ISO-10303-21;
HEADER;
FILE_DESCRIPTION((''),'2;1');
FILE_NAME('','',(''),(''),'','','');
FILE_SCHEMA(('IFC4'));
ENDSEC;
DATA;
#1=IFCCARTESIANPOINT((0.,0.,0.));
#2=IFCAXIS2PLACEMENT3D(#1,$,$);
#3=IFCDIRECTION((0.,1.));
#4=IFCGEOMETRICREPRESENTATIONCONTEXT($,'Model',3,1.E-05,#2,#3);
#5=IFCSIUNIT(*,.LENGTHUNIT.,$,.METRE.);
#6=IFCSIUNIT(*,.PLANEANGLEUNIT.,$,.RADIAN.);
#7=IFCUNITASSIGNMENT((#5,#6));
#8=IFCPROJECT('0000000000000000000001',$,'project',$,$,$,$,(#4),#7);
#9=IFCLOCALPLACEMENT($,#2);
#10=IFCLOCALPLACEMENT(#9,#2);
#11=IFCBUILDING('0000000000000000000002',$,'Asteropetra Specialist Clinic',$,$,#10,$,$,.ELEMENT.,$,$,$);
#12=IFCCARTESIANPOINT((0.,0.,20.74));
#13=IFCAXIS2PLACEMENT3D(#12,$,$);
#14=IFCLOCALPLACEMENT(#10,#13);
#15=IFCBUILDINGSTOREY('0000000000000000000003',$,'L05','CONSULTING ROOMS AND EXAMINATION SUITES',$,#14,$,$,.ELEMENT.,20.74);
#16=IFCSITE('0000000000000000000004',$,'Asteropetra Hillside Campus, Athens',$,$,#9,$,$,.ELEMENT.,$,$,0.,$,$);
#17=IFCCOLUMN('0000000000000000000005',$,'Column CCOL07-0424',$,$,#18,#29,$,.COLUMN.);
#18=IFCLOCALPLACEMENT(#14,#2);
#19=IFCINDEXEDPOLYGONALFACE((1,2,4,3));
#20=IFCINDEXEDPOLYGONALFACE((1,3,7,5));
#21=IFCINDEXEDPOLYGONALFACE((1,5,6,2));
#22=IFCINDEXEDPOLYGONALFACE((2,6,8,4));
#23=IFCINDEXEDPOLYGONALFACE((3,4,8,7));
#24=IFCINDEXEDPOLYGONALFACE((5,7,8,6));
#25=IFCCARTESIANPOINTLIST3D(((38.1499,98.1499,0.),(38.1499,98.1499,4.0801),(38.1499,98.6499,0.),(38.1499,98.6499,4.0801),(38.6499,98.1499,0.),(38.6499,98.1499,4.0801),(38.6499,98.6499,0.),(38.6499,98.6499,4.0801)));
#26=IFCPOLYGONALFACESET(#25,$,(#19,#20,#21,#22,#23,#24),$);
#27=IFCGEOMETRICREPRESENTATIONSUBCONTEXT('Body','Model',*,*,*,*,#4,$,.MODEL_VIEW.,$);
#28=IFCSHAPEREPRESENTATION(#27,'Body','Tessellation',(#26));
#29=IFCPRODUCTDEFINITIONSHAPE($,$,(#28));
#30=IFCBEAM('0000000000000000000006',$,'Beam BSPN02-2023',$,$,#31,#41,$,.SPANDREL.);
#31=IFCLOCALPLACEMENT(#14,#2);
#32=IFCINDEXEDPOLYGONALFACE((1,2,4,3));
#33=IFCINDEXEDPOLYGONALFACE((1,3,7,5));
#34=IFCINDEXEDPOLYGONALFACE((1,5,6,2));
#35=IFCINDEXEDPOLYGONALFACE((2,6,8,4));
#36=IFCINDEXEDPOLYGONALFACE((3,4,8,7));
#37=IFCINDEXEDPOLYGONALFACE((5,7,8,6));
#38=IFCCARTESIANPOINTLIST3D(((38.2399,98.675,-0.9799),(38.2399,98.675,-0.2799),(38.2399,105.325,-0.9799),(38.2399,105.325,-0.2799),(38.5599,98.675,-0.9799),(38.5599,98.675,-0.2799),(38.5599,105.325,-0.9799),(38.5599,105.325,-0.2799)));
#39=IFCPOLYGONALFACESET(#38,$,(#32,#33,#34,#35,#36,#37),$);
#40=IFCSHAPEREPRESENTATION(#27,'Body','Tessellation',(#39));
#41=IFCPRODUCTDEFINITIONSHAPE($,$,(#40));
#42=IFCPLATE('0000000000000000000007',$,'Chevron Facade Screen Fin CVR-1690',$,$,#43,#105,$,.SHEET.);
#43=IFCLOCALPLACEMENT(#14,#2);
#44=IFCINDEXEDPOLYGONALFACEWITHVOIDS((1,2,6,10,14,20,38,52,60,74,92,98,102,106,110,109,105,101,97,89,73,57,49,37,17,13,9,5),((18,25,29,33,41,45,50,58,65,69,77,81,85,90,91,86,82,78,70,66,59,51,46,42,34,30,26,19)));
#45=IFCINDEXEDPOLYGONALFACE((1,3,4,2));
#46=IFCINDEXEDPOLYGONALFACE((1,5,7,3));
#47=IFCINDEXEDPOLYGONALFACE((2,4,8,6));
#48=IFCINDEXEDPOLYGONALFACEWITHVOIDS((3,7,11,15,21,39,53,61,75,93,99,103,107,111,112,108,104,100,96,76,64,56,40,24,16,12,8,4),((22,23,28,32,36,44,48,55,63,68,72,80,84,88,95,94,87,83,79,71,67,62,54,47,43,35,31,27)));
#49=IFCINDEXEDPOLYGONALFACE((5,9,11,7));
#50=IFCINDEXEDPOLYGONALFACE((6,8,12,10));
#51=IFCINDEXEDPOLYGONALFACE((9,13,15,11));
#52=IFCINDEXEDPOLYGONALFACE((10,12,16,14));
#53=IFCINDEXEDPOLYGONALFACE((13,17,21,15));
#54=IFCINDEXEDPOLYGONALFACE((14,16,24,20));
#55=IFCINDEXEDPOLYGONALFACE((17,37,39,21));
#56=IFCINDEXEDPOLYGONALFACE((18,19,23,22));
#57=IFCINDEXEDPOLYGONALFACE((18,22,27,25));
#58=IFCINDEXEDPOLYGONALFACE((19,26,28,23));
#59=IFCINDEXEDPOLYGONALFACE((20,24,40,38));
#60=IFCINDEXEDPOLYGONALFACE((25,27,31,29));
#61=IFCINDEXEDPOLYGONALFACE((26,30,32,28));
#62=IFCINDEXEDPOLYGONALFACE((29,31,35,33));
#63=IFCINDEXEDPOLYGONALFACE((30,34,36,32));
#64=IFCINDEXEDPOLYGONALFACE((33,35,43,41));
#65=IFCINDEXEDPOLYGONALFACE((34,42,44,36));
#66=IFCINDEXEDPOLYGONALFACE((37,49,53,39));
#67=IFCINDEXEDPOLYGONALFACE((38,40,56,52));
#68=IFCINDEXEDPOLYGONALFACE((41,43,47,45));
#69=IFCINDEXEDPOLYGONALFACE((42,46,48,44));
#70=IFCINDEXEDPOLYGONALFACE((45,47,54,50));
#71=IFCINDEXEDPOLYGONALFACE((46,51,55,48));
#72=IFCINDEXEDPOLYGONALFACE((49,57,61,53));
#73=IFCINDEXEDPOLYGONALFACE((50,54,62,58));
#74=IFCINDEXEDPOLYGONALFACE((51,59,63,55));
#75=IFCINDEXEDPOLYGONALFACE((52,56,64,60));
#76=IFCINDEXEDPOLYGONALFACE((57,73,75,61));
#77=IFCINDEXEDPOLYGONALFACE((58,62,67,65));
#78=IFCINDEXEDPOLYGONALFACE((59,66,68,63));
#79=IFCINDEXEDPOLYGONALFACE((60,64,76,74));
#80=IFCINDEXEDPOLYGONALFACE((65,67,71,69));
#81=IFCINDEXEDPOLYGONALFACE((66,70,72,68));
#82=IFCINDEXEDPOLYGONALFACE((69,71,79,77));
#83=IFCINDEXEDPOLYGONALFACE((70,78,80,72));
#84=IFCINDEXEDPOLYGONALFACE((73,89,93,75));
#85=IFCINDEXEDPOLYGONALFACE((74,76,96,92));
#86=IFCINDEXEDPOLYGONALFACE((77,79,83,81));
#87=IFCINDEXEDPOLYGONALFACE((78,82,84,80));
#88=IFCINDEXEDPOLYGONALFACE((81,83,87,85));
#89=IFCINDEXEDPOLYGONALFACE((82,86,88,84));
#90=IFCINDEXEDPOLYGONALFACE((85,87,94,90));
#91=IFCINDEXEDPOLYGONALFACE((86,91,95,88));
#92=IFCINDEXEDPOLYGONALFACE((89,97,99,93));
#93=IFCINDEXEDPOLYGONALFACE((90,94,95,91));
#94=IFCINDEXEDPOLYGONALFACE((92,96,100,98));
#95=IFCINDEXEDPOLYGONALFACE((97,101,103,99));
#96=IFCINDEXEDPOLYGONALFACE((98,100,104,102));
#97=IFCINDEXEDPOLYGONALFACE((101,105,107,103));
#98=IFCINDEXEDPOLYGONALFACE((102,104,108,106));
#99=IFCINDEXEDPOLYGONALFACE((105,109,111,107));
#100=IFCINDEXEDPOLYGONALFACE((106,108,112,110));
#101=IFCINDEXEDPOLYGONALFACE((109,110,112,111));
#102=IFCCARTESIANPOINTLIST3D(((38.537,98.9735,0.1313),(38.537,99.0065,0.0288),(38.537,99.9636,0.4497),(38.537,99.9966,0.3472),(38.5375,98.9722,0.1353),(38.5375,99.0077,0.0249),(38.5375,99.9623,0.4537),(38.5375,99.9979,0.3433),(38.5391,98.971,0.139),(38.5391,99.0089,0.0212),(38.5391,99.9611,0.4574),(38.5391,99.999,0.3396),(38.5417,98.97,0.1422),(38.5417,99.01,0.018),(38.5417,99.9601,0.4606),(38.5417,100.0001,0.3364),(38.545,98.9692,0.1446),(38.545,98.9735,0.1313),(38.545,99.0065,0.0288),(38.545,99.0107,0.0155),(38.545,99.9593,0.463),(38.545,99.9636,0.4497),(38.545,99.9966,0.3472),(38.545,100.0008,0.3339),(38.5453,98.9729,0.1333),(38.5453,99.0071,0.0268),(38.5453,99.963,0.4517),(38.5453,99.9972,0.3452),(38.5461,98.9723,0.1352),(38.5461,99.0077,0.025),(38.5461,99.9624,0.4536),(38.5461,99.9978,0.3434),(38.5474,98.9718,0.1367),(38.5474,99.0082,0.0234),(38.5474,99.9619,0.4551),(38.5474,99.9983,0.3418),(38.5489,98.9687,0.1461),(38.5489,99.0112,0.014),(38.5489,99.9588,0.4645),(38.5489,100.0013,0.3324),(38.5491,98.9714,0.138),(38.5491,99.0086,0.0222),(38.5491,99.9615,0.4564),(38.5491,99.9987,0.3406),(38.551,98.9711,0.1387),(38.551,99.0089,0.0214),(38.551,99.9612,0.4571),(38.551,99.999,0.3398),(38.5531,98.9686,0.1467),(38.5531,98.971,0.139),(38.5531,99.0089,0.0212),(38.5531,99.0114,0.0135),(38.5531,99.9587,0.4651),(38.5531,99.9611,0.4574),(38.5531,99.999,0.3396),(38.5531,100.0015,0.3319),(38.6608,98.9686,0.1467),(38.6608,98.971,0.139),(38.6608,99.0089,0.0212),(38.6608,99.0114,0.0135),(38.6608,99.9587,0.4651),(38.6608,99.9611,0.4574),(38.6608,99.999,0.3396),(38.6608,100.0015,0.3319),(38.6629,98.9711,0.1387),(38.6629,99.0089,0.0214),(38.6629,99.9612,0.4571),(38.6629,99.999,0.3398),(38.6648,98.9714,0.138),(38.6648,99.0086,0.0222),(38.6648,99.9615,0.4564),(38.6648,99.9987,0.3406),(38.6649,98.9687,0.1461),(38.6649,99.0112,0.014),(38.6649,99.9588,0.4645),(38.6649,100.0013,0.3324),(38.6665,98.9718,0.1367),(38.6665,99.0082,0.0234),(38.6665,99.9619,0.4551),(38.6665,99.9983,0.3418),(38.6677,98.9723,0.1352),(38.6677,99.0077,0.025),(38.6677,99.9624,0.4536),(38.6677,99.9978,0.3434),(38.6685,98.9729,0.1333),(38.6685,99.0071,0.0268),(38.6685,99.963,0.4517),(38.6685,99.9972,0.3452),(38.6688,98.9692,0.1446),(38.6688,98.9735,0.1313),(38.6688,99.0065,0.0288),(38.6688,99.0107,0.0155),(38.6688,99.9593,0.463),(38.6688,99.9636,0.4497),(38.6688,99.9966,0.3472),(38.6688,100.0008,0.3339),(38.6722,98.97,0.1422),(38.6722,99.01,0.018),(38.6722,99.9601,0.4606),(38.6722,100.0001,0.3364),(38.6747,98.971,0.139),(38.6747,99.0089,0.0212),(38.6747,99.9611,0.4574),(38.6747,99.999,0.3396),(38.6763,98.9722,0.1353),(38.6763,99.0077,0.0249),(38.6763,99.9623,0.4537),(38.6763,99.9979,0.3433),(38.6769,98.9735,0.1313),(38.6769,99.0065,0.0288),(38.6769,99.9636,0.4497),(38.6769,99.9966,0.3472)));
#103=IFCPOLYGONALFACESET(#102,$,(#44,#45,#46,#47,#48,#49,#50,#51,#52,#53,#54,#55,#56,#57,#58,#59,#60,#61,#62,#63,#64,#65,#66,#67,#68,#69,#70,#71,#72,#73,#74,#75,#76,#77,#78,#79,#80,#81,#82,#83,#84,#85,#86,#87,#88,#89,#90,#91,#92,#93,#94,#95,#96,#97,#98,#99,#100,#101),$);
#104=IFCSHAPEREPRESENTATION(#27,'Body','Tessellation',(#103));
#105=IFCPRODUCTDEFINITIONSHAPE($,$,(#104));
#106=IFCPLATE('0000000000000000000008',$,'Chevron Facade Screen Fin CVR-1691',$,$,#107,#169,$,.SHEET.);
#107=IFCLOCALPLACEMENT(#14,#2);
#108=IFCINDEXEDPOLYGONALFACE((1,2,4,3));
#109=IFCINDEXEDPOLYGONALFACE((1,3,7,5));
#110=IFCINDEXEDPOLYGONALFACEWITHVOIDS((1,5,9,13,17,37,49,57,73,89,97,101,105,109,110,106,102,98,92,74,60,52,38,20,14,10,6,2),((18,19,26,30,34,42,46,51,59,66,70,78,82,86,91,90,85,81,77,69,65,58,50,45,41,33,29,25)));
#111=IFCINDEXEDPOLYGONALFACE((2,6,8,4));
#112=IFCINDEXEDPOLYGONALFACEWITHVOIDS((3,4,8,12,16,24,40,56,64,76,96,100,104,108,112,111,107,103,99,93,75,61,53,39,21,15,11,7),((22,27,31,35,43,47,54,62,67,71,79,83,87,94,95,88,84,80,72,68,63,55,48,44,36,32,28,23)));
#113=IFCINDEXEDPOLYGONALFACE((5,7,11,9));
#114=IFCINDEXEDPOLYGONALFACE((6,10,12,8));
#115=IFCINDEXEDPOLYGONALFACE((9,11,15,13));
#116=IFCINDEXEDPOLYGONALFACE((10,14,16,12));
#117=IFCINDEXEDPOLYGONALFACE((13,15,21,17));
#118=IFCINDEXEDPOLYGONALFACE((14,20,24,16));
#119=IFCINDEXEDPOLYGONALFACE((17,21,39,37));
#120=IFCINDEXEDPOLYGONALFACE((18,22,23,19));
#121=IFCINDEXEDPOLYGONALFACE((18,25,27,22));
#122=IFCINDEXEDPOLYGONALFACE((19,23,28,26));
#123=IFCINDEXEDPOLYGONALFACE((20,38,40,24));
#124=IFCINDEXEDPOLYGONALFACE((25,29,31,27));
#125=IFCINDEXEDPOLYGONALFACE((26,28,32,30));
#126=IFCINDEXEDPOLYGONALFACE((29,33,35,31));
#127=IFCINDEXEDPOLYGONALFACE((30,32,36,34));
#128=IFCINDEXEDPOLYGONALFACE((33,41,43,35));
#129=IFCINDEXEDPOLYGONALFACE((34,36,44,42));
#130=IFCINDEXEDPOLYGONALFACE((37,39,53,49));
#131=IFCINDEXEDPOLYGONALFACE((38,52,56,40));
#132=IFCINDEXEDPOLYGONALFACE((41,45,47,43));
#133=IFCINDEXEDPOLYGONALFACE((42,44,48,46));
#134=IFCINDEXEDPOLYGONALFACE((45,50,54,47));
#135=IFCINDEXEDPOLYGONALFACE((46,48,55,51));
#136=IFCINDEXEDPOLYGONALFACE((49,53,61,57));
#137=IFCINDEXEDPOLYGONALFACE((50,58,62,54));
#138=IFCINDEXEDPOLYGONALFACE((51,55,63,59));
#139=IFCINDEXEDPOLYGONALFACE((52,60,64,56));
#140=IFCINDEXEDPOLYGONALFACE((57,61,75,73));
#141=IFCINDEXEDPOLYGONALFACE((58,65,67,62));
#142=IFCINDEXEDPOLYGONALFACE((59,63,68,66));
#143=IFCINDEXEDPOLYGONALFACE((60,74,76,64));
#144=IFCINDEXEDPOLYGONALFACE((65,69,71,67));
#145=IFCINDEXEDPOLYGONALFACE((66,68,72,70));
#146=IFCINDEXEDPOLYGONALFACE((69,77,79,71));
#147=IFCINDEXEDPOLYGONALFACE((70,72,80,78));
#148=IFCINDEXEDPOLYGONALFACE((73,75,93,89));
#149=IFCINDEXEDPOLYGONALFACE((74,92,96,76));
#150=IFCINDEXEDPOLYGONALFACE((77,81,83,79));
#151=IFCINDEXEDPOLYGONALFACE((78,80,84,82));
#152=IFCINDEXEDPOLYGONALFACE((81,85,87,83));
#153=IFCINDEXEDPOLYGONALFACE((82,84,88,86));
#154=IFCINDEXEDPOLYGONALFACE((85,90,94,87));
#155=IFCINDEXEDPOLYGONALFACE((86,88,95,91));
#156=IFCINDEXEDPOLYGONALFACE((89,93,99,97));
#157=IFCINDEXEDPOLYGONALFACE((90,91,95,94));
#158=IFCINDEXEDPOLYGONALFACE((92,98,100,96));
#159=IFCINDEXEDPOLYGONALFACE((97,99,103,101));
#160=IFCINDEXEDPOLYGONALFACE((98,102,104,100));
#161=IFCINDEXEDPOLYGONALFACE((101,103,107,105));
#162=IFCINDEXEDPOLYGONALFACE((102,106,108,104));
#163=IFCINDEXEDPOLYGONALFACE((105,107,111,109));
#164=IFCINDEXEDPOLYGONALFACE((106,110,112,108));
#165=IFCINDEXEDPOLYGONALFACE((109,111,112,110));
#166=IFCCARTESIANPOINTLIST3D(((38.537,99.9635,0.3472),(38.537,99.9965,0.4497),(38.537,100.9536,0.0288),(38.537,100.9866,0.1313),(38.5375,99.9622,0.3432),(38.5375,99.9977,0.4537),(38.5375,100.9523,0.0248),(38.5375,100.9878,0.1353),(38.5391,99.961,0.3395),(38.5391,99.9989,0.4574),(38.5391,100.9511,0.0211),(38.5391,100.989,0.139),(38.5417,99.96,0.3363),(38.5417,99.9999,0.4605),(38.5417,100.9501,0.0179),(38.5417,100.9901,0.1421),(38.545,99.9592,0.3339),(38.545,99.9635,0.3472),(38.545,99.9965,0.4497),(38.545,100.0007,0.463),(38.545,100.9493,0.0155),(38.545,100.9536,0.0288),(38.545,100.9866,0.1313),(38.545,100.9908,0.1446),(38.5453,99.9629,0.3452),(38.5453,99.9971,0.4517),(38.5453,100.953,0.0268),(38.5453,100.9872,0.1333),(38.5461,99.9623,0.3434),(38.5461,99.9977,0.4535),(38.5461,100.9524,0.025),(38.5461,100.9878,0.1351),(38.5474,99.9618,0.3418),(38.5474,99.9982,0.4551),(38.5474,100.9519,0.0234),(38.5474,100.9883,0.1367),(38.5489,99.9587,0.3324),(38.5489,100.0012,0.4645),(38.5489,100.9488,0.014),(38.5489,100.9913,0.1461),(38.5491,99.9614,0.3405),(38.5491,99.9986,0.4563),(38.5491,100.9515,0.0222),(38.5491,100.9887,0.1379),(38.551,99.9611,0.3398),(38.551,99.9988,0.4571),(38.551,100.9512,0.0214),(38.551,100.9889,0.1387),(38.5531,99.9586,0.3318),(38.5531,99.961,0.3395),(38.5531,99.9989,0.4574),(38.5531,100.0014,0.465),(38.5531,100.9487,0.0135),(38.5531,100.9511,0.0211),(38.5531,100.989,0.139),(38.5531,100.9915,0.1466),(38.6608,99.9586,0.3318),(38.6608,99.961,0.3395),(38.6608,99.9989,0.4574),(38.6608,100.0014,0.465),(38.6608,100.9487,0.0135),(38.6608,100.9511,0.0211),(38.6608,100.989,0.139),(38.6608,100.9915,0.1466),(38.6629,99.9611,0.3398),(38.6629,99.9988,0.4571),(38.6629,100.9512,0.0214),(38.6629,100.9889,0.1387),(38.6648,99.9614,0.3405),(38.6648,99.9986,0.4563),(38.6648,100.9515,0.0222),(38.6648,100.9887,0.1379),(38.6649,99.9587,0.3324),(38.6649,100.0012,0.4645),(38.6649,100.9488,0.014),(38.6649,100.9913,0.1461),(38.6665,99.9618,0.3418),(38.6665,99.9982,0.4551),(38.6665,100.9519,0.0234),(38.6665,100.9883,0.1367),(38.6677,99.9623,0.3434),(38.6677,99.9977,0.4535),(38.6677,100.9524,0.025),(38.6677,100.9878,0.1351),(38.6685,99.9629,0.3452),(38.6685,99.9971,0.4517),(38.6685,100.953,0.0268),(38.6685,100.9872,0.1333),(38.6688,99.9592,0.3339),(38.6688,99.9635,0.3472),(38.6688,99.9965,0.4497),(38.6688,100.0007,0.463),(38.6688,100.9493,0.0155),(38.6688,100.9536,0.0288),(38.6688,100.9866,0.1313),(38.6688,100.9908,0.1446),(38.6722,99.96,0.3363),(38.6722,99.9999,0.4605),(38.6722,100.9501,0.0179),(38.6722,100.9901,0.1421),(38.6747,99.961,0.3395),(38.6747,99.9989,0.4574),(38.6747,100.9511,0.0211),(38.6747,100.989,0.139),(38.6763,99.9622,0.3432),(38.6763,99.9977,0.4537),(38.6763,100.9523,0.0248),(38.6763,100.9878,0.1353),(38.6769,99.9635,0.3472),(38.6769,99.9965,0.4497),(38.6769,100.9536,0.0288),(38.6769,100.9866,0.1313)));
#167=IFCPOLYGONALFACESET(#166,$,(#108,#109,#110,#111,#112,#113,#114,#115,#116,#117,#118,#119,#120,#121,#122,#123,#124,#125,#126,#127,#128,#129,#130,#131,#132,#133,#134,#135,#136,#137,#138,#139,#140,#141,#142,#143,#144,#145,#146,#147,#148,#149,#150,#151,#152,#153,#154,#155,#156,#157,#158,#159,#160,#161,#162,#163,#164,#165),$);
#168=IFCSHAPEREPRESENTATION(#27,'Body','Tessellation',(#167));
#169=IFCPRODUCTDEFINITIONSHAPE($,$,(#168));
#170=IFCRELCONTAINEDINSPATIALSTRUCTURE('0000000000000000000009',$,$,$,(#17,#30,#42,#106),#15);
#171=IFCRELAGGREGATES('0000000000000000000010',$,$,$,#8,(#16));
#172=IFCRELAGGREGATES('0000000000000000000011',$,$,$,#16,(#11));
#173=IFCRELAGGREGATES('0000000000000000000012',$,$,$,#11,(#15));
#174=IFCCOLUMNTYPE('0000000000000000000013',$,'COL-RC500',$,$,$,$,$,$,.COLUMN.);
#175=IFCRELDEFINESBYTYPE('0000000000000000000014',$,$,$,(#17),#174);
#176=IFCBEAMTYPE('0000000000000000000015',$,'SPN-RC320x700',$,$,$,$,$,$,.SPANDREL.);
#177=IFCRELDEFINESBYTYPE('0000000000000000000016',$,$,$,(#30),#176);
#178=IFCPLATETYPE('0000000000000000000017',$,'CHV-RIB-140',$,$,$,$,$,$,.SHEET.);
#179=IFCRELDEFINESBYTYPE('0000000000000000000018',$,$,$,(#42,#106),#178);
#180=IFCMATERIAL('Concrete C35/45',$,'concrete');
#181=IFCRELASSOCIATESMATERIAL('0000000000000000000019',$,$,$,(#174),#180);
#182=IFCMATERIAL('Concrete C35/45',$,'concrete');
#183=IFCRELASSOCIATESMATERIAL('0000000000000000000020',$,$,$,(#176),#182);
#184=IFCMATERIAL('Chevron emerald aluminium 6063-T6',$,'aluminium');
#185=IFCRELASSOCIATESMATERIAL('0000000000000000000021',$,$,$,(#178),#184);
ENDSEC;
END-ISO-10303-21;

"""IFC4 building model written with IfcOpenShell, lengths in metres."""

from ifc_helpers import new_model, si_unit, direction, frame, origin, origin_2d, place, context, subcontext, project, spatial, rectangle, hollow_rectangle, extrude, material, material_profile, profile_set, type_object, element, save


model = new_model("IFC4")

# Units and contexts
model_context = context("Model", 3, precision=1e-05, world=origin(), true_north=direction((0.0, 1.0)))
body_context = subcontext(model_context, "Body", "Model", "MODEL_VIEW")
ifc_project = project(units=[si_unit("LENGTHUNIT", "METRE"), si_unit("PLANEANGLEUNIT", "RADIAN")], contexts=[model_context])

# Site, building, storey
site_placement = place(None, origin())
site = spatial("IfcSite", under=ifc_project, at=site_placement, Name="Asteropetra Hillside Campus, Athens", CompositionType="ELEMENT", RefElevation=0.0)
building_placement = place(site_placement, origin())
building = spatial("IfcBuilding", under=site, at=building_placement, Name="Asteropetra Specialist Clinic", CompositionType="ELEMENT")
storey_placement = place(building_placement, frame((0.0, 0.0, 20.74)))
storey = spatial("IfcBuildingStorey", under=building, at=storey_placement, Name="L05", Description="CONSULTING ROOMS AND EXAMINATION SUITES", CompositionType="ELEMENT", Elevation=20.74)

# Column
ifc_material_1 = material(Name="Concrete C35/45", Category="concrete")
ifc_material_profile_1 = material_profile(ifc_material_1, rectangle(XDim=0.5, YDim=0.5, at=origin_2d()), Name="RC 500x500")
ifc_profile_set_1 = profile_set([ifc_material_profile_1], Name="Concrete C35/45")
column_type = type_object("IfcColumnType", Name="COL-RC500", PredefinedType="COLUMN", material=ifc_profile_set_1)
column_placement = place(storey_placement, frame((38.3999, 98.3999, 0.0), z_axis=(0.0, 0.0, 1.0), x_axis=(1.0, 0.0, 0.0)))
element("IfcColumn", 1, at=column_placement, inside=storey, type_object=column_type, Name="Column CCOL07-0424", PredefinedType="COLUMN", context=body_context, shape_type="SweptSolid", body=[
    extrude(rectangle(XDim=0.5, YDim=0.5, at=origin_2d()), origin(), (0.0, 0.0, 1.0), 4.0801),
])

# Beam
ifc_material_2 = material(Name="Concrete C35/45", Category="concrete")
ifc_material_profile_2 = material_profile(ifc_material_2, rectangle(XDim=0.3201, YDim=0.7, at=origin_2d()), Name="RCS 320x700")
ifc_profile_set_2 = profile_set([ifc_material_profile_2], Name="Concrete C35/45")
beam_type = type_object("IfcBeamType", Name="SPN-RC320x700", PredefinedType="SPANDREL", material=ifc_profile_set_2)
beam_placement = place(storey_placement, frame((38.3999, 98.675, -0.6299), z_axis=(0.0, 1.0, 0.0), x_axis=(-1.0, 0.0, 0.0)))
element("IfcBeam", 2, at=beam_placement, inside=storey, type_object=beam_type, Name="Beam BSPN02-2023", PredefinedType="SPANDREL", context=body_context, shape_type="SweptSolid", body=[
    extrude(rectangle(XDim=0.3201, YDim=0.7, at=origin_2d()), origin(), (0.0, 0.0, 1.0), 6.6499),
])

# Plates
ifc_material_3 = material(Name="Chevron emerald aluminium 6063-T6", Category="aluminium")
ifc_material_profile_3 = material_profile(ifc_material_3, hollow_rectangle(XDim=0.1399, YDim=0.1399, WallThickness=0.0081, InnerFilletRadius=0.0081, OuterFilletRadius=0.0161, at=origin_2d()), Name="SHS 140x140x8.0")
ifc_profile_set_3 = profile_set([ifc_material_profile_3], Name="Chevron emerald aluminium 6063-T6")
plate_type = type_object("IfcPlateType", Name="CHV-RIB-140", PredefinedType="SHEET", material=ifc_profile_set_3)
for number, where, z_axis, x_axis, name in (
    (3, (38.6069, 98.99, 0.0801), (0.0, 0.951987, 0.306138), (-1.0, 0.0, 0.0), "Chevron Facade Screen Fin CVR-1690"),
    (4, (38.6069, 99.98, 0.3984), (0.0, 0.951987, -0.306138), (-1.0, 0.0, 0.0), "Chevron Facade Screen Fin CVR-1691"),
):
    element("IfcPlate", number, at=place(storey_placement, frame(where, z_axis=z_axis, x_axis=x_axis)), inside=storey, type_object=plate_type, Name=name, PredefinedType="SHEET", context=body_context, shape_type="SweptSolid", body=[
        extrude(hollow_rectangle(XDim=0.1399, YDim=0.1399, WallThickness=0.0081, InnerFilletRadius=0.0081, OuterFilletRadius=0.0161, at=origin_2d()), origin(), (0.0, 0.0, 1.0), 1.04),
    ])

save(model, "model.ifc")
